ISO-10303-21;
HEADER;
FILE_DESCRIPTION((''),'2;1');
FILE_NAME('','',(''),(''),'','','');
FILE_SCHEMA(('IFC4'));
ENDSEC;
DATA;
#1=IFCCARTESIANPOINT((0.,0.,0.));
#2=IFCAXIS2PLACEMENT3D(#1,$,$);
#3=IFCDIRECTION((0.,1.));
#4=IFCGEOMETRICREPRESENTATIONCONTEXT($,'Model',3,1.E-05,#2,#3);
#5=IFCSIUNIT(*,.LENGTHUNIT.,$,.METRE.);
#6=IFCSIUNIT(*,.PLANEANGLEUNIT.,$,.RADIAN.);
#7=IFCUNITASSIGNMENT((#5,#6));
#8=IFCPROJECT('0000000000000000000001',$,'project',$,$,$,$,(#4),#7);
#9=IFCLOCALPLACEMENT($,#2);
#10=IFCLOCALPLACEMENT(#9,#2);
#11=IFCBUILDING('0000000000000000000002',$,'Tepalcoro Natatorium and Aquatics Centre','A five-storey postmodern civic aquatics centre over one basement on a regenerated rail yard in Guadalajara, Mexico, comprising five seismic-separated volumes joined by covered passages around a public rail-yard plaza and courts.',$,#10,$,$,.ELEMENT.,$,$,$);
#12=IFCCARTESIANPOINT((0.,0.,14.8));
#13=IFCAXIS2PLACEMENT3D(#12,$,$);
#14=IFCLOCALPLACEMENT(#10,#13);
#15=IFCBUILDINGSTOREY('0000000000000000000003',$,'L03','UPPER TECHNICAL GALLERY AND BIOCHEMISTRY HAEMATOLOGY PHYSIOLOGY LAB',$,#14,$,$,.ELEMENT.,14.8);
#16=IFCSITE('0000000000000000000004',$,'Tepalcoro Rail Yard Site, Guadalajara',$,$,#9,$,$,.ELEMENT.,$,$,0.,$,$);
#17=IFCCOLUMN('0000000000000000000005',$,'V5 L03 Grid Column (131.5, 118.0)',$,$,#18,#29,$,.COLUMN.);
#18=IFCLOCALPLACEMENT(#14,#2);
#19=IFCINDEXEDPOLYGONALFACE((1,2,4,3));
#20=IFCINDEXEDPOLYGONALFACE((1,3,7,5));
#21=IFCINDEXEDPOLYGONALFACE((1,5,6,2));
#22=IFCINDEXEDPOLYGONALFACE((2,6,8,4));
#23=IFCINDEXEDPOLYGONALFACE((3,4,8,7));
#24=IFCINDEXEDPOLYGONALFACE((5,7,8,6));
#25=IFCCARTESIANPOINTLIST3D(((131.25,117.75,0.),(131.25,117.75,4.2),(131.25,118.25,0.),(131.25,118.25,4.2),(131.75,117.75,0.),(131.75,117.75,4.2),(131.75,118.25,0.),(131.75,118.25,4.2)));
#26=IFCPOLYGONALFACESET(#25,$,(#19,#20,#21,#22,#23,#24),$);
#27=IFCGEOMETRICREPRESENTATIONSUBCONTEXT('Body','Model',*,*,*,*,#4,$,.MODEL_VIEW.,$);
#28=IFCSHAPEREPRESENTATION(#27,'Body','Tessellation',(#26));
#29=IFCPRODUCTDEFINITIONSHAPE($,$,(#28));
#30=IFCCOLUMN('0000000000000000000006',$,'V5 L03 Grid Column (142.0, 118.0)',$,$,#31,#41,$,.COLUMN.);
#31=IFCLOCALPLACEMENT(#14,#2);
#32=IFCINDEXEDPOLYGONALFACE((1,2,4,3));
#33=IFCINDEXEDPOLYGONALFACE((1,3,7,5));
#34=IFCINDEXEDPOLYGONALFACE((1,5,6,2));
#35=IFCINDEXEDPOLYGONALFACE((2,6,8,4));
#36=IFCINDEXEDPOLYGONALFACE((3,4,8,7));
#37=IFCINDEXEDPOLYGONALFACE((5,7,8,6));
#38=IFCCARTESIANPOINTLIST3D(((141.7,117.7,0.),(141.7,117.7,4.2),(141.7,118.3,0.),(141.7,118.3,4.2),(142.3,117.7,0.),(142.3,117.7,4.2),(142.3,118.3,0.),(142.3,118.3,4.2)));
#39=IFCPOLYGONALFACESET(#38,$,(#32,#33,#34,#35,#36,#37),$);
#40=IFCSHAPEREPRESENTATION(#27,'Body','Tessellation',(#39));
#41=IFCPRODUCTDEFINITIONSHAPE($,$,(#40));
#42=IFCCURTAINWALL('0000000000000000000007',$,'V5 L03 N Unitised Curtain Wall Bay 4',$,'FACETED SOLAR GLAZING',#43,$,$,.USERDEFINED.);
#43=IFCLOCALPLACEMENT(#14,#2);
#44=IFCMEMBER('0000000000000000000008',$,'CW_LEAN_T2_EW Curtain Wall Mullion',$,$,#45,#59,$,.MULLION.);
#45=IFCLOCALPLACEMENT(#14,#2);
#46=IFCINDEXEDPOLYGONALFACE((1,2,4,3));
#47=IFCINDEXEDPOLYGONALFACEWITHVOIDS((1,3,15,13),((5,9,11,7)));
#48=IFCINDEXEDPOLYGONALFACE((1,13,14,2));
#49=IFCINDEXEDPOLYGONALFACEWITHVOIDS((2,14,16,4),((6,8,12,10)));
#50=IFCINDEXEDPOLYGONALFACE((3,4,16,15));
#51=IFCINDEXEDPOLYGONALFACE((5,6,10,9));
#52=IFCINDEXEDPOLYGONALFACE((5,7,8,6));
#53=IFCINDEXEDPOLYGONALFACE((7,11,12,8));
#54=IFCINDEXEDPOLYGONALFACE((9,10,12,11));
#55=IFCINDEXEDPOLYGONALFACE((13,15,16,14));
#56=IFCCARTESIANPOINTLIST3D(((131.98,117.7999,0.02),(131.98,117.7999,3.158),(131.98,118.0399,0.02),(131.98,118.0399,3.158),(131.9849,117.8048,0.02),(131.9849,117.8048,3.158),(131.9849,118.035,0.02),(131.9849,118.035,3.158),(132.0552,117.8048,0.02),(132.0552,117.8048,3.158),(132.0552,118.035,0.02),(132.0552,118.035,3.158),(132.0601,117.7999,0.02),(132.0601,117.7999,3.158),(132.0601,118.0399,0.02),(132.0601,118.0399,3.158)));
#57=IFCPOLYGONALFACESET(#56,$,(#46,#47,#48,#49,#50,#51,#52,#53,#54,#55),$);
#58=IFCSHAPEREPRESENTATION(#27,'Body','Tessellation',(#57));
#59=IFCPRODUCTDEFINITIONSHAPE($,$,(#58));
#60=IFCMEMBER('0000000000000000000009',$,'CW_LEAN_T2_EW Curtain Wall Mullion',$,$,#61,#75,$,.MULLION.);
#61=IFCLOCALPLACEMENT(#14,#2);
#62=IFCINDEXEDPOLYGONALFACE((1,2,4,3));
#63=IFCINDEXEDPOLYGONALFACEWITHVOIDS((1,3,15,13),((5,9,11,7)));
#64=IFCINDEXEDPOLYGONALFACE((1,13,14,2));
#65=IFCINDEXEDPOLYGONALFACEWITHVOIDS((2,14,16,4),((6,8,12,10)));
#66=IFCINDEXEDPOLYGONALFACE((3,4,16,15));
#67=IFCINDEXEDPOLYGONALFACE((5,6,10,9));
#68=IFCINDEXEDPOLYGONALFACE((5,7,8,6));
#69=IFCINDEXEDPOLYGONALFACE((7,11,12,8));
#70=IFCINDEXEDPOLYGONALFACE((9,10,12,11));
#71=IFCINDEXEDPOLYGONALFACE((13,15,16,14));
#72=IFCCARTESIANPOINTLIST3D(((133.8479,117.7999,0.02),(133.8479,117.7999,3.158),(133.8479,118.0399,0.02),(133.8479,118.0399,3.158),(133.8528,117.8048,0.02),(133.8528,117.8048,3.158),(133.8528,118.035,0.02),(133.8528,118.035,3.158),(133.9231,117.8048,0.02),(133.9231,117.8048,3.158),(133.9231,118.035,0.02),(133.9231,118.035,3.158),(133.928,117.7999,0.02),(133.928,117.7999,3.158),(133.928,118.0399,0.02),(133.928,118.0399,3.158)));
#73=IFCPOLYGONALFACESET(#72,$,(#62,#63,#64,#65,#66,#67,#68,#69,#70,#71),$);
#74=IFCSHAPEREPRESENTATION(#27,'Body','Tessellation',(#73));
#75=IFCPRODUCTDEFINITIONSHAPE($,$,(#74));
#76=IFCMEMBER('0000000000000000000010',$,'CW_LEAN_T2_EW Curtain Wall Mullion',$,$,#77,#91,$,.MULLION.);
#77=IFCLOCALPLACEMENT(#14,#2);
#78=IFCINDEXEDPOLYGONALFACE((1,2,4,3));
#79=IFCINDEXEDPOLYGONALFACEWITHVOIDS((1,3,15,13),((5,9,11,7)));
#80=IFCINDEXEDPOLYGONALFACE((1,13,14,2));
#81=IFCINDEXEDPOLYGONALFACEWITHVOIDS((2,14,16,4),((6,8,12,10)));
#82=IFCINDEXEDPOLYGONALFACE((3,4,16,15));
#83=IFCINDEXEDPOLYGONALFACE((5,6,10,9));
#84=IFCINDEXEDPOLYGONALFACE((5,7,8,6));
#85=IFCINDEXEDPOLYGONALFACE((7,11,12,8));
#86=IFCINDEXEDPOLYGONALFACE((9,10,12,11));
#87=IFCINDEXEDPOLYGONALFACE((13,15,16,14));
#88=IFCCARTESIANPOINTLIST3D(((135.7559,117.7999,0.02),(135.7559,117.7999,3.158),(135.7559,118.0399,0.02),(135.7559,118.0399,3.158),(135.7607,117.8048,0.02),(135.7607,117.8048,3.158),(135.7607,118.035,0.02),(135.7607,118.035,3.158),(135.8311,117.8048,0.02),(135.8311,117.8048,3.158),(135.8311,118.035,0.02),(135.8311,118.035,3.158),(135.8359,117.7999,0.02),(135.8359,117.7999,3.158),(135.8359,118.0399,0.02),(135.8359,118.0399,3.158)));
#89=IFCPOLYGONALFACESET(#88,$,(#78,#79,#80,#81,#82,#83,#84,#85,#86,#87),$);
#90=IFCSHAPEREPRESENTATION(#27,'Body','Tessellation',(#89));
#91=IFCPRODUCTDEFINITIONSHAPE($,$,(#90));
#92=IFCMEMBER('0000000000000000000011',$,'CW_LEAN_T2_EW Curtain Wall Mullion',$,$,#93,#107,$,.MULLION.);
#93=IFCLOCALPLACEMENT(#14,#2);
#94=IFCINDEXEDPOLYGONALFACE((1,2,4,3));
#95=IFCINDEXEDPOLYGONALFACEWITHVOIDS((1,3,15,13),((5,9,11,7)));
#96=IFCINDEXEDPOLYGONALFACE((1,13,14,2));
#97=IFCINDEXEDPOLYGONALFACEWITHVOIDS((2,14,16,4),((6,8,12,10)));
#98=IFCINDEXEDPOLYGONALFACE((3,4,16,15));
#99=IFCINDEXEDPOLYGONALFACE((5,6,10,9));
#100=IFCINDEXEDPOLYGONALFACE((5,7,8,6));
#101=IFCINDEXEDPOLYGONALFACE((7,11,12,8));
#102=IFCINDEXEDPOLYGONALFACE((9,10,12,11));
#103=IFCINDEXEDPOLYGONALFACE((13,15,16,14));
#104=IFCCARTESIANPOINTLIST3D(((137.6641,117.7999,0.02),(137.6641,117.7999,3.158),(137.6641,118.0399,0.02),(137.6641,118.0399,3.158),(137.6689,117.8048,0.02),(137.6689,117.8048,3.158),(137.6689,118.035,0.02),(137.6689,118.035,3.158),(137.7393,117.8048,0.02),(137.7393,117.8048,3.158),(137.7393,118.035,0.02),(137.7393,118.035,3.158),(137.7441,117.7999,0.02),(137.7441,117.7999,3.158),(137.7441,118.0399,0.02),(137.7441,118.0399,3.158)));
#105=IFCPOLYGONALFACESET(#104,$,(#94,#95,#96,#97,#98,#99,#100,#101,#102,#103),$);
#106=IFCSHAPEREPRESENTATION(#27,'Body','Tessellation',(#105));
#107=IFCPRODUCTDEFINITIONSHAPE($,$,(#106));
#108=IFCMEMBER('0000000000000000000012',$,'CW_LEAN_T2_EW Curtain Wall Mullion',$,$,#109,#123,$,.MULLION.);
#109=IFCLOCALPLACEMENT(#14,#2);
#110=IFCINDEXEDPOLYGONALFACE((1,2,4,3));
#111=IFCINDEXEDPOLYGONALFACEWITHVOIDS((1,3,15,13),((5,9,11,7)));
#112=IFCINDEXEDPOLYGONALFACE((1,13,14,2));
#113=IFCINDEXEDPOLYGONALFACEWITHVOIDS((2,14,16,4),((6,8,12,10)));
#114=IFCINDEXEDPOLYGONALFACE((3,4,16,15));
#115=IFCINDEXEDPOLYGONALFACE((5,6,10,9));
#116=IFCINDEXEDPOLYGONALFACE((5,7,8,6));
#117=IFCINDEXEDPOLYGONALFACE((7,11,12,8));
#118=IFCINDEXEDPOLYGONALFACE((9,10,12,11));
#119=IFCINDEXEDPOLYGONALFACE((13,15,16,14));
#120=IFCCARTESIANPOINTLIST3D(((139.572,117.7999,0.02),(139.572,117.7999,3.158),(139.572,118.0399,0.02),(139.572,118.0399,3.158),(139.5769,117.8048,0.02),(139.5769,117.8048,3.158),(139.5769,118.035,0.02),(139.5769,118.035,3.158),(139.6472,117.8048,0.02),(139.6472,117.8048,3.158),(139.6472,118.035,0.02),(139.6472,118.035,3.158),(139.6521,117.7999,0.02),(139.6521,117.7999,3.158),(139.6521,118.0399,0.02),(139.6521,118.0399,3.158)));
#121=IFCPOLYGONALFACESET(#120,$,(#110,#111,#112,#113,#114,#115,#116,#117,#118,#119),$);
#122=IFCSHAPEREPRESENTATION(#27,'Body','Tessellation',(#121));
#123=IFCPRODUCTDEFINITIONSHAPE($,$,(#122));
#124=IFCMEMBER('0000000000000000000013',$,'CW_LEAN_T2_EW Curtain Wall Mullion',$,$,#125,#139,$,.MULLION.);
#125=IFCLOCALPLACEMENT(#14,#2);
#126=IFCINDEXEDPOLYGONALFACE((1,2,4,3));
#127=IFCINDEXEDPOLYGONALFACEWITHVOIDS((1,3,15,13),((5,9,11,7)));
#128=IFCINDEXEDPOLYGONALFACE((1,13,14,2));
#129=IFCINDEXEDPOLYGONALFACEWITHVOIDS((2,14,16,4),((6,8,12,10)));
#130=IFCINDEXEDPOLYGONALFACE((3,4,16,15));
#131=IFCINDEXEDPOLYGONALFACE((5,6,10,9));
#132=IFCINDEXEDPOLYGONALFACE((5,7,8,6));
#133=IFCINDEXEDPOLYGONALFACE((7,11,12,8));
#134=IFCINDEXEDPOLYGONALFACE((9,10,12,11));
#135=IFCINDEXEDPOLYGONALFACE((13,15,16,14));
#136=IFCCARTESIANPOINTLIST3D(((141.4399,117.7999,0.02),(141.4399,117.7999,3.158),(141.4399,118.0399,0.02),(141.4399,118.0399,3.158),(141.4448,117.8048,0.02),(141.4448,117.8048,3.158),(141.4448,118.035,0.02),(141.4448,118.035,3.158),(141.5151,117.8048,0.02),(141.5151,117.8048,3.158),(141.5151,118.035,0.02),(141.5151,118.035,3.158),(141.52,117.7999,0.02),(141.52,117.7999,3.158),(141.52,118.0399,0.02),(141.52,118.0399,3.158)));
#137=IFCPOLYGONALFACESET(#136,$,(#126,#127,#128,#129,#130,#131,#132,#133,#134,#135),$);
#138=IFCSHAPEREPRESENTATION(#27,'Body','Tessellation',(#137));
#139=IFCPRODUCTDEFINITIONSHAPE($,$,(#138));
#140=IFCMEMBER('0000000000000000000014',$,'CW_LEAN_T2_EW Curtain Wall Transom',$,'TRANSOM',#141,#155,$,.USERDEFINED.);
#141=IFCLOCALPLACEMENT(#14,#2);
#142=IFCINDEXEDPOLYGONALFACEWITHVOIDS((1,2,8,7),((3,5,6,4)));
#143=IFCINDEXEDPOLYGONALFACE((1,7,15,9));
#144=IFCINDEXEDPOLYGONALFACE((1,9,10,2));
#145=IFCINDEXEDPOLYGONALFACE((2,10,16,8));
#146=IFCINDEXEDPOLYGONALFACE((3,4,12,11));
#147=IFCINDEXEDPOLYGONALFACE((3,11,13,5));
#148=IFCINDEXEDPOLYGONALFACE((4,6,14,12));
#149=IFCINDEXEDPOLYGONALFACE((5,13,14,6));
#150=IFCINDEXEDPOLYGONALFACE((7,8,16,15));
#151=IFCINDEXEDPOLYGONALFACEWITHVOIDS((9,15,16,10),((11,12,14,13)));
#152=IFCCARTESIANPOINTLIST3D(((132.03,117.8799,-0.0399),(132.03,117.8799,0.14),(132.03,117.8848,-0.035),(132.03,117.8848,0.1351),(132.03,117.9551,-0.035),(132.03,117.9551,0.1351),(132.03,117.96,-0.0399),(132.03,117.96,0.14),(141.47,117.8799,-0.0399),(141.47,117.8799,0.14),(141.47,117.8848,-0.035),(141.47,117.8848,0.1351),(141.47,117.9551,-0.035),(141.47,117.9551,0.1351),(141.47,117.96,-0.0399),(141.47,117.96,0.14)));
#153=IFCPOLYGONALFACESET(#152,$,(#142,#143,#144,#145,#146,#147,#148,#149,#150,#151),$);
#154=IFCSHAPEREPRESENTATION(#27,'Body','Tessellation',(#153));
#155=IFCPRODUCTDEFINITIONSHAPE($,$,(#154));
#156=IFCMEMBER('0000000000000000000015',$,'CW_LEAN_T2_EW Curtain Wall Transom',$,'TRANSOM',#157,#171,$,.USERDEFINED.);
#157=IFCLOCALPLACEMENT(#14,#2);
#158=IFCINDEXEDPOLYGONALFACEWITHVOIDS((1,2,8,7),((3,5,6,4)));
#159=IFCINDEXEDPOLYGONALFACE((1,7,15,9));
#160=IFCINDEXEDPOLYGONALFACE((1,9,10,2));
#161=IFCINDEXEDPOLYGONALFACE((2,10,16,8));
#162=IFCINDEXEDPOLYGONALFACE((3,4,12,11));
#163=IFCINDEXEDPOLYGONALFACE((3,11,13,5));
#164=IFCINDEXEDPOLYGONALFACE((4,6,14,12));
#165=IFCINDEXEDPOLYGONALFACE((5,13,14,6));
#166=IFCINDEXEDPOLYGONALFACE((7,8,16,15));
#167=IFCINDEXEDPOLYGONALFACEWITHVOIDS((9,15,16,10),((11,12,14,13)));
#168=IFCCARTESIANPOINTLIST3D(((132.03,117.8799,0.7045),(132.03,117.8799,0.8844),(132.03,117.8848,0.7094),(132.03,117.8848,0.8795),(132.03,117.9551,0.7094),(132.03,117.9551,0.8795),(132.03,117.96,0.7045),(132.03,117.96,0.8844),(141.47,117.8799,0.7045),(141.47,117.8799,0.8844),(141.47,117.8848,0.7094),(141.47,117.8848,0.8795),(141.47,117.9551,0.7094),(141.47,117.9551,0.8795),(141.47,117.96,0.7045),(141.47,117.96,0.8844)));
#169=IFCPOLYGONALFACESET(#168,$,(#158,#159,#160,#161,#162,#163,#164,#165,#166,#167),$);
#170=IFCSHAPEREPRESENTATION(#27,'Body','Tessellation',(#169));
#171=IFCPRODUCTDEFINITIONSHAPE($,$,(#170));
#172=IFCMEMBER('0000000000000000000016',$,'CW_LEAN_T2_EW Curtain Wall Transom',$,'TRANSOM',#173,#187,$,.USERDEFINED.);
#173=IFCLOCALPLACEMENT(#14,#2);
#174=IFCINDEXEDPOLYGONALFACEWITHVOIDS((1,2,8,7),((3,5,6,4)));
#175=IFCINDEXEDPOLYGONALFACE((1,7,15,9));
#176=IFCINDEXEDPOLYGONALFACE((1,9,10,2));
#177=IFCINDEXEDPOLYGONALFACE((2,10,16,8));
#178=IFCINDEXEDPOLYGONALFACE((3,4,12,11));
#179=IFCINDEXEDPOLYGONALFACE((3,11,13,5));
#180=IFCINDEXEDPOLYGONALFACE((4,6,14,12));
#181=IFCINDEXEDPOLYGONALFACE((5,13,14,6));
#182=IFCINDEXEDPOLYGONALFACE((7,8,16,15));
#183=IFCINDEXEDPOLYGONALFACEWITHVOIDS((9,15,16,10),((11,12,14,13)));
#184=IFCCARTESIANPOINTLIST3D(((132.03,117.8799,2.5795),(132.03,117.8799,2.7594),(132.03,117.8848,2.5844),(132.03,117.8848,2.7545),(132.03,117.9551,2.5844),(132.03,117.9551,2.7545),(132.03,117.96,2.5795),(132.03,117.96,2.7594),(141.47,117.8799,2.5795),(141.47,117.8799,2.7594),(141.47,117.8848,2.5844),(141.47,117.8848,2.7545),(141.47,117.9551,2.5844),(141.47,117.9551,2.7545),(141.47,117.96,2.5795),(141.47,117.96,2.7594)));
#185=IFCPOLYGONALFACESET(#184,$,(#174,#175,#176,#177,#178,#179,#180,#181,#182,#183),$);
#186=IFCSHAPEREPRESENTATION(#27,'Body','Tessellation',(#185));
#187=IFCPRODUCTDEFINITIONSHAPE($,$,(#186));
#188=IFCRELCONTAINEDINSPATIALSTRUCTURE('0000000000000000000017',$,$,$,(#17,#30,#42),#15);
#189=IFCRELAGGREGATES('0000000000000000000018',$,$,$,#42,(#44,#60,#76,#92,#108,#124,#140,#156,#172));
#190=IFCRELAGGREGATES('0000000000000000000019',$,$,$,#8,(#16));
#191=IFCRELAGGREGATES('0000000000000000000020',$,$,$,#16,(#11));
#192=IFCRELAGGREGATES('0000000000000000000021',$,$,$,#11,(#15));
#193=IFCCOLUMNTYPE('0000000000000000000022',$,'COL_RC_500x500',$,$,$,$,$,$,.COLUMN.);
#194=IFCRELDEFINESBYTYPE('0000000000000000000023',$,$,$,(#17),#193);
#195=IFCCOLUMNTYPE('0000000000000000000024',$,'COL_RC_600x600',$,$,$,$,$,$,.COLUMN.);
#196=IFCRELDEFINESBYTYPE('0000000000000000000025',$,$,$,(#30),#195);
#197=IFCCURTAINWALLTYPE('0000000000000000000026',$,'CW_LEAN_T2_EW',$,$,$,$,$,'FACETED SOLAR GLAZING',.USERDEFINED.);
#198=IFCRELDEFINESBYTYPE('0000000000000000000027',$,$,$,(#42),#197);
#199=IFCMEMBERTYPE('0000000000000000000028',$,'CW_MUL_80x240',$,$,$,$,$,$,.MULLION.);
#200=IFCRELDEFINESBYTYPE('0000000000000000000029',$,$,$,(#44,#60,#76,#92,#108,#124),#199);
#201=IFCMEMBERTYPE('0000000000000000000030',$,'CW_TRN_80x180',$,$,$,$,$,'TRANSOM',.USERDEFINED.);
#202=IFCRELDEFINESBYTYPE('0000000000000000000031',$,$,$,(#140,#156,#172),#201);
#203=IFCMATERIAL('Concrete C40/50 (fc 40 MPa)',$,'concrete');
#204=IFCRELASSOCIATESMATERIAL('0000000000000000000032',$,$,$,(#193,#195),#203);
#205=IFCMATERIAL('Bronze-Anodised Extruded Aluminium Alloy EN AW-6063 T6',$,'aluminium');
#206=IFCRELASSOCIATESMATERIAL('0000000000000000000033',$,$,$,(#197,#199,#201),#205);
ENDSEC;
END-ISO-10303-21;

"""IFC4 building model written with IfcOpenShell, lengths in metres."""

from ifc_helpers import new_model, si_unit, direction, frame, origin, origin_2d, place, context, subcontext, project, spatial, rectangle, hollow_rectangle, extrude, material, material_profile, profile_set, type_object, element, aggregate, save


model = new_model("IFC4")

# Units and contexts
model_context = context("Model", 3, precision=1e-05, world=origin(), true_north=direction((0.0, 1.0)))
body_context = subcontext(model_context, "Body", "Model", "MODEL_VIEW")
ifc_project = project(units=[si_unit("LENGTHUNIT", "METRE"), si_unit("PLANEANGLEUNIT", "RADIAN")], contexts=[model_context])

# Site, building, storey
site_placement = place(None, origin())
site = spatial("IfcSite", under=ifc_project, at=site_placement, Name="Tepalcoro Rail Yard Site, Guadalajara", CompositionType="ELEMENT", RefElevation=0.0)
building_placement = place(site_placement, origin())
building = spatial("IfcBuilding", under=site, at=building_placement, Name="Tepalcoro Natatorium and Aquatics Centre", Description="A five-storey postmodern civic aquatics centre over one basement on a regenerated rail yard in Guadalajara, Mexico, comprising five seismic-separated volumes joined by covered passages around a public rail-yard plaza and courts.", CompositionType="ELEMENT")
storey_placement = place(building_placement, frame((0.0, 0.0, 14.8)))
storey = spatial("IfcBuildingStorey", under=building, at=storey_placement, Name="L03", Description="UPPER TECHNICAL GALLERY AND BIOCHEMISTRY HAEMATOLOGY PHYSIOLOGY LAB", CompositionType="ELEMENT", Elevation=14.8)

# Columns
ifc_material_1 = material(Name="Concrete C40/50 (fc 40 MPa)", Category="concrete")
ifc_material_profile_1 = material_profile(ifc_material_1, rectangle(XDim=0.5, YDim=0.5, at=origin_2d()), Name="RC500x500")
ifc_profile_set_1 = profile_set([ifc_material_profile_1], Name="Concrete C40/50 (fc 40 MPa)")
column_type_1 = type_object("IfcColumnType", Name="COL_RC_500x500", PredefinedType="COLUMN", material=ifc_profile_set_1)
column_1_placement = place(storey_placement, frame((131.5, 118.0, 0.0), z_axis=(0.0, 0.0, 1.0), x_axis=(1.0, 0.0, 0.0)))
element("IfcColumn", 1, at=column_1_placement, inside=storey, type_object=column_type_1, Name="V5 L03 Grid Column (131.5, 118.0)", PredefinedType="COLUMN", context=body_context, shape_type="SweptSolid", body=[
    extrude(rectangle(XDim=0.5, YDim=0.5, at=origin_2d()), origin(), (0.0, 0.0, 1.0), 4.2),
])
ifc_material_profile_2 = material_profile(ifc_material_1, rectangle(XDim=0.6001, YDim=0.6001, at=origin_2d()), Name="RC600x600")
ifc_profile_set_2 = profile_set([ifc_material_profile_2], Name="Concrete C40/50 (fc 40 MPa)")
column_type_2 = type_object("IfcColumnType", Name="COL_RC_600x600", PredefinedType="COLUMN", material=ifc_profile_set_2)
column_2_placement = place(storey_placement, frame((142.0, 118.0, 0.0), z_axis=(0.0, 0.0, 1.0), x_axis=(1.0, 0.0, 0.0)))
element("IfcColumn", 2, at=column_2_placement, inside=storey, type_object=column_type_2, Name="V5 L03 Grid Column (142.0, 118.0)", PredefinedType="COLUMN", context=body_context, shape_type="SweptSolid", body=[
    extrude(rectangle(XDim=0.6001, YDim=0.6001, at=origin_2d()), origin(), (0.0, 0.0, 1.0), 4.2),
])

# Curtain wall, members
ifc_material_2 = material(Name="Bronze-Anodised Extruded Aluminium Alloy EN AW-6063 T6", Category="aluminium")
curtain_wall_type = type_object("IfcCurtainWallType", Name="CW_LEAN_T2_EW", ElementType="FACETED SOLAR GLAZING", PredefinedType="USERDEFINED", material=ifc_material_2)
curtain_wall_placement = place(storey_placement, origin())
curtain_wall = element("IfcCurtainWall", 3, at=curtain_wall_placement, inside=storey, type_object=curtain_wall_type, Name="V5 L03 N Unitised Curtain Wall Bay 4", ObjectType="FACETED SOLAR GLAZING", PredefinedType="USERDEFINED")
ifc_material_profile_3 = material_profile(ifc_material_2, hollow_rectangle(XDim=0.0801, YDim=0.24, WallThickness=0.0049, at=origin_2d()), Name="AL80X240X5")
ifc_profile_set_3 = profile_set([ifc_material_profile_3], Name="Bronze-Anodised Extruded Aluminium Alloy EN AW-6063 T6")
member_type_1 = type_object("IfcMemberType", Name="CW_MUL_80x240", PredefinedType="MULLION", material=ifc_profile_set_3)
member_1_placement = place(storey_placement, frame((132.02, 117.9199, 0.02), z_axis=(0.0, 0.0, 1.0), x_axis=(1.0, 0.0, 0.0)))
member_1 = element("IfcMember", 4, at=member_1_placement, type_object=member_type_1, Name="CW_LEAN_T2_EW Curtain Wall Mullion", PredefinedType="MULLION", context=body_context, shape_type="SweptSolid", body=[
    extrude(hollow_rectangle(XDim=0.0801, YDim=0.24, WallThickness=0.0049, at=origin_2d()), origin(), (0.0, 0.0, 1.0), 3.1379),
])
member_2_placement = place(storey_placement, frame((133.8879, 117.9199, 0.02), z_axis=(0.0, 0.0, 1.0), x_axis=(1.0, 0.0, 0.0)))
member_2 = element("IfcMember", 5, at=member_2_placement, type_object=member_type_1, Name="CW_LEAN_T2_EW Curtain Wall Mullion", PredefinedType="MULLION", context=body_context, shape_type="SweptSolid", body=[
    extrude(hollow_rectangle(XDim=0.0801, YDim=0.24, WallThickness=0.0049, at=origin_2d()), origin(), (0.0, 0.0, 1.0), 3.1379),
])
member_3_placement = place(storey_placement, frame((135.7959, 117.9199, 0.02), z_axis=(0.0, 0.0, 1.0), x_axis=(1.0, 0.0, 0.0)))
member_3 = element("IfcMember", 6, at=member_3_placement, type_object=member_type_1, Name="CW_LEAN_T2_EW Curtain Wall Mullion", PredefinedType="MULLION", context=body_context, shape_type="SweptSolid", body=[
    extrude(hollow_rectangle(XDim=0.0801, YDim=0.24, WallThickness=0.0049, at=origin_2d()), origin(), (0.0, 0.0, 1.0), 3.1379),
])
member_4_placement = place(storey_placement, frame((137.7041, 117.9199, 0.02), z_axis=(0.0, 0.0, 1.0), x_axis=(1.0, 0.0, 0.0)))
member_4 = element("IfcMember", 7, at=member_4_placement, type_object=member_type_1, Name="CW_LEAN_T2_EW Curtain Wall Mullion", PredefinedType="MULLION", context=body_context, shape_type="SweptSolid", body=[
    extrude(hollow_rectangle(XDim=0.0801, YDim=0.24, WallThickness=0.0049, at=origin_2d()), origin(), (0.0, 0.0, 1.0), 3.1379),
])
member_5_placement = place(storey_placement, frame((139.6121, 117.9199, 0.02), z_axis=(0.0, 0.0, 1.0), x_axis=(1.0, 0.0, 0.0)))
member_5 = element("IfcMember", 8, at=member_5_placement, type_object=member_type_1, Name="CW_LEAN_T2_EW Curtain Wall Mullion", PredefinedType="MULLION", context=body_context, shape_type="SweptSolid", body=[
    extrude(hollow_rectangle(XDim=0.0801, YDim=0.24, WallThickness=0.0049, at=origin_2d()), origin(), (0.0, 0.0, 1.0), 3.1379),
])
member_6_placement = place(storey_placement, frame((141.48, 117.9199, 0.02), z_axis=(0.0, 0.0, 1.0), x_axis=(1.0, 0.0, 0.0)))
member_6 = element("IfcMember", 9, at=member_6_placement, type_object=member_type_1, Name="CW_LEAN_T2_EW Curtain Wall Mullion", PredefinedType="MULLION", context=body_context, shape_type="SweptSolid", body=[
    extrude(hollow_rectangle(XDim=0.0801, YDim=0.24, WallThickness=0.0049, at=origin_2d()), origin(), (0.0, 0.0, 1.0), 3.1379),
])
ifc_material_profile_4 = material_profile(ifc_material_2, hollow_rectangle(XDim=0.0801, YDim=0.1799, WallThickness=0.0049, at=origin_2d()), Name="AL80X180X5")
ifc_profile_set_4 = profile_set([ifc_material_profile_4], Name="Bronze-Anodised Extruded Aluminium Alloy EN AW-6063 T6")
member_type_2 = type_object("IfcMemberType", Name="CW_TRN_80x180", ElementType="TRANSOM", PredefinedType="USERDEFINED", material=ifc_profile_set_4)
member_7_placement = place(storey_placement, frame((132.03, 117.9199, 0.05), z_axis=(1.0, 0.0, 0.0), x_axis=(0.0, 1.0, 0.0)))
member_7 = element("IfcMember", 10, at=member_7_placement, type_object=member_type_2, Name="CW_LEAN_T2_EW Curtain Wall Transom", ObjectType="TRANSOM", PredefinedType="USERDEFINED", context=body_context, shape_type="SweptSolid", body=[
    extrude(hollow_rectangle(XDim=0.0801, YDim=0.1799, WallThickness=0.0049, at=origin_2d()), origin(), (0.0, 0.0, 1.0), 9.4399),
])
member_8_placement = place(storey_placement, frame((132.03, 117.9199, 0.7944), z_axis=(1.0, 0.0, 0.0), x_axis=(0.0, 1.0, 0.0)))
member_8 = element("IfcMember", 11, at=member_8_placement, type_object=member_type_2, Name="CW_LEAN_T2_EW Curtain Wall Transom", ObjectType="TRANSOM", PredefinedType="USERDEFINED", context=body_context, shape_type="SweptSolid", body=[
    extrude(hollow_rectangle(XDim=0.0801, YDim=0.1799, WallThickness=0.0049, at=origin_2d()), origin(), (0.0, 0.0, 1.0), 9.4399),
])
member_9_placement = place(storey_placement, frame((132.03, 117.9199, 2.6694), z_axis=(1.0, 0.0, 0.0), x_axis=(0.0, 1.0, 0.0)))
member_9 = element("IfcMember", 12, at=member_9_placement, type_object=member_type_2, Name="CW_LEAN_T2_EW Curtain Wall Transom", ObjectType="TRANSOM", PredefinedType="USERDEFINED", context=body_context, shape_type="SweptSolid", body=[
    extrude(hollow_rectangle(XDim=0.0801, YDim=0.1799, WallThickness=0.0049, at=origin_2d()), origin(), (0.0, 0.0, 1.0), 9.4399),
])

aggregate(curtain_wall, [member_1, member_2, member_3, member_4, member_5, member_6, member_7, member_8, member_9])

save(model, "model.ifc")
